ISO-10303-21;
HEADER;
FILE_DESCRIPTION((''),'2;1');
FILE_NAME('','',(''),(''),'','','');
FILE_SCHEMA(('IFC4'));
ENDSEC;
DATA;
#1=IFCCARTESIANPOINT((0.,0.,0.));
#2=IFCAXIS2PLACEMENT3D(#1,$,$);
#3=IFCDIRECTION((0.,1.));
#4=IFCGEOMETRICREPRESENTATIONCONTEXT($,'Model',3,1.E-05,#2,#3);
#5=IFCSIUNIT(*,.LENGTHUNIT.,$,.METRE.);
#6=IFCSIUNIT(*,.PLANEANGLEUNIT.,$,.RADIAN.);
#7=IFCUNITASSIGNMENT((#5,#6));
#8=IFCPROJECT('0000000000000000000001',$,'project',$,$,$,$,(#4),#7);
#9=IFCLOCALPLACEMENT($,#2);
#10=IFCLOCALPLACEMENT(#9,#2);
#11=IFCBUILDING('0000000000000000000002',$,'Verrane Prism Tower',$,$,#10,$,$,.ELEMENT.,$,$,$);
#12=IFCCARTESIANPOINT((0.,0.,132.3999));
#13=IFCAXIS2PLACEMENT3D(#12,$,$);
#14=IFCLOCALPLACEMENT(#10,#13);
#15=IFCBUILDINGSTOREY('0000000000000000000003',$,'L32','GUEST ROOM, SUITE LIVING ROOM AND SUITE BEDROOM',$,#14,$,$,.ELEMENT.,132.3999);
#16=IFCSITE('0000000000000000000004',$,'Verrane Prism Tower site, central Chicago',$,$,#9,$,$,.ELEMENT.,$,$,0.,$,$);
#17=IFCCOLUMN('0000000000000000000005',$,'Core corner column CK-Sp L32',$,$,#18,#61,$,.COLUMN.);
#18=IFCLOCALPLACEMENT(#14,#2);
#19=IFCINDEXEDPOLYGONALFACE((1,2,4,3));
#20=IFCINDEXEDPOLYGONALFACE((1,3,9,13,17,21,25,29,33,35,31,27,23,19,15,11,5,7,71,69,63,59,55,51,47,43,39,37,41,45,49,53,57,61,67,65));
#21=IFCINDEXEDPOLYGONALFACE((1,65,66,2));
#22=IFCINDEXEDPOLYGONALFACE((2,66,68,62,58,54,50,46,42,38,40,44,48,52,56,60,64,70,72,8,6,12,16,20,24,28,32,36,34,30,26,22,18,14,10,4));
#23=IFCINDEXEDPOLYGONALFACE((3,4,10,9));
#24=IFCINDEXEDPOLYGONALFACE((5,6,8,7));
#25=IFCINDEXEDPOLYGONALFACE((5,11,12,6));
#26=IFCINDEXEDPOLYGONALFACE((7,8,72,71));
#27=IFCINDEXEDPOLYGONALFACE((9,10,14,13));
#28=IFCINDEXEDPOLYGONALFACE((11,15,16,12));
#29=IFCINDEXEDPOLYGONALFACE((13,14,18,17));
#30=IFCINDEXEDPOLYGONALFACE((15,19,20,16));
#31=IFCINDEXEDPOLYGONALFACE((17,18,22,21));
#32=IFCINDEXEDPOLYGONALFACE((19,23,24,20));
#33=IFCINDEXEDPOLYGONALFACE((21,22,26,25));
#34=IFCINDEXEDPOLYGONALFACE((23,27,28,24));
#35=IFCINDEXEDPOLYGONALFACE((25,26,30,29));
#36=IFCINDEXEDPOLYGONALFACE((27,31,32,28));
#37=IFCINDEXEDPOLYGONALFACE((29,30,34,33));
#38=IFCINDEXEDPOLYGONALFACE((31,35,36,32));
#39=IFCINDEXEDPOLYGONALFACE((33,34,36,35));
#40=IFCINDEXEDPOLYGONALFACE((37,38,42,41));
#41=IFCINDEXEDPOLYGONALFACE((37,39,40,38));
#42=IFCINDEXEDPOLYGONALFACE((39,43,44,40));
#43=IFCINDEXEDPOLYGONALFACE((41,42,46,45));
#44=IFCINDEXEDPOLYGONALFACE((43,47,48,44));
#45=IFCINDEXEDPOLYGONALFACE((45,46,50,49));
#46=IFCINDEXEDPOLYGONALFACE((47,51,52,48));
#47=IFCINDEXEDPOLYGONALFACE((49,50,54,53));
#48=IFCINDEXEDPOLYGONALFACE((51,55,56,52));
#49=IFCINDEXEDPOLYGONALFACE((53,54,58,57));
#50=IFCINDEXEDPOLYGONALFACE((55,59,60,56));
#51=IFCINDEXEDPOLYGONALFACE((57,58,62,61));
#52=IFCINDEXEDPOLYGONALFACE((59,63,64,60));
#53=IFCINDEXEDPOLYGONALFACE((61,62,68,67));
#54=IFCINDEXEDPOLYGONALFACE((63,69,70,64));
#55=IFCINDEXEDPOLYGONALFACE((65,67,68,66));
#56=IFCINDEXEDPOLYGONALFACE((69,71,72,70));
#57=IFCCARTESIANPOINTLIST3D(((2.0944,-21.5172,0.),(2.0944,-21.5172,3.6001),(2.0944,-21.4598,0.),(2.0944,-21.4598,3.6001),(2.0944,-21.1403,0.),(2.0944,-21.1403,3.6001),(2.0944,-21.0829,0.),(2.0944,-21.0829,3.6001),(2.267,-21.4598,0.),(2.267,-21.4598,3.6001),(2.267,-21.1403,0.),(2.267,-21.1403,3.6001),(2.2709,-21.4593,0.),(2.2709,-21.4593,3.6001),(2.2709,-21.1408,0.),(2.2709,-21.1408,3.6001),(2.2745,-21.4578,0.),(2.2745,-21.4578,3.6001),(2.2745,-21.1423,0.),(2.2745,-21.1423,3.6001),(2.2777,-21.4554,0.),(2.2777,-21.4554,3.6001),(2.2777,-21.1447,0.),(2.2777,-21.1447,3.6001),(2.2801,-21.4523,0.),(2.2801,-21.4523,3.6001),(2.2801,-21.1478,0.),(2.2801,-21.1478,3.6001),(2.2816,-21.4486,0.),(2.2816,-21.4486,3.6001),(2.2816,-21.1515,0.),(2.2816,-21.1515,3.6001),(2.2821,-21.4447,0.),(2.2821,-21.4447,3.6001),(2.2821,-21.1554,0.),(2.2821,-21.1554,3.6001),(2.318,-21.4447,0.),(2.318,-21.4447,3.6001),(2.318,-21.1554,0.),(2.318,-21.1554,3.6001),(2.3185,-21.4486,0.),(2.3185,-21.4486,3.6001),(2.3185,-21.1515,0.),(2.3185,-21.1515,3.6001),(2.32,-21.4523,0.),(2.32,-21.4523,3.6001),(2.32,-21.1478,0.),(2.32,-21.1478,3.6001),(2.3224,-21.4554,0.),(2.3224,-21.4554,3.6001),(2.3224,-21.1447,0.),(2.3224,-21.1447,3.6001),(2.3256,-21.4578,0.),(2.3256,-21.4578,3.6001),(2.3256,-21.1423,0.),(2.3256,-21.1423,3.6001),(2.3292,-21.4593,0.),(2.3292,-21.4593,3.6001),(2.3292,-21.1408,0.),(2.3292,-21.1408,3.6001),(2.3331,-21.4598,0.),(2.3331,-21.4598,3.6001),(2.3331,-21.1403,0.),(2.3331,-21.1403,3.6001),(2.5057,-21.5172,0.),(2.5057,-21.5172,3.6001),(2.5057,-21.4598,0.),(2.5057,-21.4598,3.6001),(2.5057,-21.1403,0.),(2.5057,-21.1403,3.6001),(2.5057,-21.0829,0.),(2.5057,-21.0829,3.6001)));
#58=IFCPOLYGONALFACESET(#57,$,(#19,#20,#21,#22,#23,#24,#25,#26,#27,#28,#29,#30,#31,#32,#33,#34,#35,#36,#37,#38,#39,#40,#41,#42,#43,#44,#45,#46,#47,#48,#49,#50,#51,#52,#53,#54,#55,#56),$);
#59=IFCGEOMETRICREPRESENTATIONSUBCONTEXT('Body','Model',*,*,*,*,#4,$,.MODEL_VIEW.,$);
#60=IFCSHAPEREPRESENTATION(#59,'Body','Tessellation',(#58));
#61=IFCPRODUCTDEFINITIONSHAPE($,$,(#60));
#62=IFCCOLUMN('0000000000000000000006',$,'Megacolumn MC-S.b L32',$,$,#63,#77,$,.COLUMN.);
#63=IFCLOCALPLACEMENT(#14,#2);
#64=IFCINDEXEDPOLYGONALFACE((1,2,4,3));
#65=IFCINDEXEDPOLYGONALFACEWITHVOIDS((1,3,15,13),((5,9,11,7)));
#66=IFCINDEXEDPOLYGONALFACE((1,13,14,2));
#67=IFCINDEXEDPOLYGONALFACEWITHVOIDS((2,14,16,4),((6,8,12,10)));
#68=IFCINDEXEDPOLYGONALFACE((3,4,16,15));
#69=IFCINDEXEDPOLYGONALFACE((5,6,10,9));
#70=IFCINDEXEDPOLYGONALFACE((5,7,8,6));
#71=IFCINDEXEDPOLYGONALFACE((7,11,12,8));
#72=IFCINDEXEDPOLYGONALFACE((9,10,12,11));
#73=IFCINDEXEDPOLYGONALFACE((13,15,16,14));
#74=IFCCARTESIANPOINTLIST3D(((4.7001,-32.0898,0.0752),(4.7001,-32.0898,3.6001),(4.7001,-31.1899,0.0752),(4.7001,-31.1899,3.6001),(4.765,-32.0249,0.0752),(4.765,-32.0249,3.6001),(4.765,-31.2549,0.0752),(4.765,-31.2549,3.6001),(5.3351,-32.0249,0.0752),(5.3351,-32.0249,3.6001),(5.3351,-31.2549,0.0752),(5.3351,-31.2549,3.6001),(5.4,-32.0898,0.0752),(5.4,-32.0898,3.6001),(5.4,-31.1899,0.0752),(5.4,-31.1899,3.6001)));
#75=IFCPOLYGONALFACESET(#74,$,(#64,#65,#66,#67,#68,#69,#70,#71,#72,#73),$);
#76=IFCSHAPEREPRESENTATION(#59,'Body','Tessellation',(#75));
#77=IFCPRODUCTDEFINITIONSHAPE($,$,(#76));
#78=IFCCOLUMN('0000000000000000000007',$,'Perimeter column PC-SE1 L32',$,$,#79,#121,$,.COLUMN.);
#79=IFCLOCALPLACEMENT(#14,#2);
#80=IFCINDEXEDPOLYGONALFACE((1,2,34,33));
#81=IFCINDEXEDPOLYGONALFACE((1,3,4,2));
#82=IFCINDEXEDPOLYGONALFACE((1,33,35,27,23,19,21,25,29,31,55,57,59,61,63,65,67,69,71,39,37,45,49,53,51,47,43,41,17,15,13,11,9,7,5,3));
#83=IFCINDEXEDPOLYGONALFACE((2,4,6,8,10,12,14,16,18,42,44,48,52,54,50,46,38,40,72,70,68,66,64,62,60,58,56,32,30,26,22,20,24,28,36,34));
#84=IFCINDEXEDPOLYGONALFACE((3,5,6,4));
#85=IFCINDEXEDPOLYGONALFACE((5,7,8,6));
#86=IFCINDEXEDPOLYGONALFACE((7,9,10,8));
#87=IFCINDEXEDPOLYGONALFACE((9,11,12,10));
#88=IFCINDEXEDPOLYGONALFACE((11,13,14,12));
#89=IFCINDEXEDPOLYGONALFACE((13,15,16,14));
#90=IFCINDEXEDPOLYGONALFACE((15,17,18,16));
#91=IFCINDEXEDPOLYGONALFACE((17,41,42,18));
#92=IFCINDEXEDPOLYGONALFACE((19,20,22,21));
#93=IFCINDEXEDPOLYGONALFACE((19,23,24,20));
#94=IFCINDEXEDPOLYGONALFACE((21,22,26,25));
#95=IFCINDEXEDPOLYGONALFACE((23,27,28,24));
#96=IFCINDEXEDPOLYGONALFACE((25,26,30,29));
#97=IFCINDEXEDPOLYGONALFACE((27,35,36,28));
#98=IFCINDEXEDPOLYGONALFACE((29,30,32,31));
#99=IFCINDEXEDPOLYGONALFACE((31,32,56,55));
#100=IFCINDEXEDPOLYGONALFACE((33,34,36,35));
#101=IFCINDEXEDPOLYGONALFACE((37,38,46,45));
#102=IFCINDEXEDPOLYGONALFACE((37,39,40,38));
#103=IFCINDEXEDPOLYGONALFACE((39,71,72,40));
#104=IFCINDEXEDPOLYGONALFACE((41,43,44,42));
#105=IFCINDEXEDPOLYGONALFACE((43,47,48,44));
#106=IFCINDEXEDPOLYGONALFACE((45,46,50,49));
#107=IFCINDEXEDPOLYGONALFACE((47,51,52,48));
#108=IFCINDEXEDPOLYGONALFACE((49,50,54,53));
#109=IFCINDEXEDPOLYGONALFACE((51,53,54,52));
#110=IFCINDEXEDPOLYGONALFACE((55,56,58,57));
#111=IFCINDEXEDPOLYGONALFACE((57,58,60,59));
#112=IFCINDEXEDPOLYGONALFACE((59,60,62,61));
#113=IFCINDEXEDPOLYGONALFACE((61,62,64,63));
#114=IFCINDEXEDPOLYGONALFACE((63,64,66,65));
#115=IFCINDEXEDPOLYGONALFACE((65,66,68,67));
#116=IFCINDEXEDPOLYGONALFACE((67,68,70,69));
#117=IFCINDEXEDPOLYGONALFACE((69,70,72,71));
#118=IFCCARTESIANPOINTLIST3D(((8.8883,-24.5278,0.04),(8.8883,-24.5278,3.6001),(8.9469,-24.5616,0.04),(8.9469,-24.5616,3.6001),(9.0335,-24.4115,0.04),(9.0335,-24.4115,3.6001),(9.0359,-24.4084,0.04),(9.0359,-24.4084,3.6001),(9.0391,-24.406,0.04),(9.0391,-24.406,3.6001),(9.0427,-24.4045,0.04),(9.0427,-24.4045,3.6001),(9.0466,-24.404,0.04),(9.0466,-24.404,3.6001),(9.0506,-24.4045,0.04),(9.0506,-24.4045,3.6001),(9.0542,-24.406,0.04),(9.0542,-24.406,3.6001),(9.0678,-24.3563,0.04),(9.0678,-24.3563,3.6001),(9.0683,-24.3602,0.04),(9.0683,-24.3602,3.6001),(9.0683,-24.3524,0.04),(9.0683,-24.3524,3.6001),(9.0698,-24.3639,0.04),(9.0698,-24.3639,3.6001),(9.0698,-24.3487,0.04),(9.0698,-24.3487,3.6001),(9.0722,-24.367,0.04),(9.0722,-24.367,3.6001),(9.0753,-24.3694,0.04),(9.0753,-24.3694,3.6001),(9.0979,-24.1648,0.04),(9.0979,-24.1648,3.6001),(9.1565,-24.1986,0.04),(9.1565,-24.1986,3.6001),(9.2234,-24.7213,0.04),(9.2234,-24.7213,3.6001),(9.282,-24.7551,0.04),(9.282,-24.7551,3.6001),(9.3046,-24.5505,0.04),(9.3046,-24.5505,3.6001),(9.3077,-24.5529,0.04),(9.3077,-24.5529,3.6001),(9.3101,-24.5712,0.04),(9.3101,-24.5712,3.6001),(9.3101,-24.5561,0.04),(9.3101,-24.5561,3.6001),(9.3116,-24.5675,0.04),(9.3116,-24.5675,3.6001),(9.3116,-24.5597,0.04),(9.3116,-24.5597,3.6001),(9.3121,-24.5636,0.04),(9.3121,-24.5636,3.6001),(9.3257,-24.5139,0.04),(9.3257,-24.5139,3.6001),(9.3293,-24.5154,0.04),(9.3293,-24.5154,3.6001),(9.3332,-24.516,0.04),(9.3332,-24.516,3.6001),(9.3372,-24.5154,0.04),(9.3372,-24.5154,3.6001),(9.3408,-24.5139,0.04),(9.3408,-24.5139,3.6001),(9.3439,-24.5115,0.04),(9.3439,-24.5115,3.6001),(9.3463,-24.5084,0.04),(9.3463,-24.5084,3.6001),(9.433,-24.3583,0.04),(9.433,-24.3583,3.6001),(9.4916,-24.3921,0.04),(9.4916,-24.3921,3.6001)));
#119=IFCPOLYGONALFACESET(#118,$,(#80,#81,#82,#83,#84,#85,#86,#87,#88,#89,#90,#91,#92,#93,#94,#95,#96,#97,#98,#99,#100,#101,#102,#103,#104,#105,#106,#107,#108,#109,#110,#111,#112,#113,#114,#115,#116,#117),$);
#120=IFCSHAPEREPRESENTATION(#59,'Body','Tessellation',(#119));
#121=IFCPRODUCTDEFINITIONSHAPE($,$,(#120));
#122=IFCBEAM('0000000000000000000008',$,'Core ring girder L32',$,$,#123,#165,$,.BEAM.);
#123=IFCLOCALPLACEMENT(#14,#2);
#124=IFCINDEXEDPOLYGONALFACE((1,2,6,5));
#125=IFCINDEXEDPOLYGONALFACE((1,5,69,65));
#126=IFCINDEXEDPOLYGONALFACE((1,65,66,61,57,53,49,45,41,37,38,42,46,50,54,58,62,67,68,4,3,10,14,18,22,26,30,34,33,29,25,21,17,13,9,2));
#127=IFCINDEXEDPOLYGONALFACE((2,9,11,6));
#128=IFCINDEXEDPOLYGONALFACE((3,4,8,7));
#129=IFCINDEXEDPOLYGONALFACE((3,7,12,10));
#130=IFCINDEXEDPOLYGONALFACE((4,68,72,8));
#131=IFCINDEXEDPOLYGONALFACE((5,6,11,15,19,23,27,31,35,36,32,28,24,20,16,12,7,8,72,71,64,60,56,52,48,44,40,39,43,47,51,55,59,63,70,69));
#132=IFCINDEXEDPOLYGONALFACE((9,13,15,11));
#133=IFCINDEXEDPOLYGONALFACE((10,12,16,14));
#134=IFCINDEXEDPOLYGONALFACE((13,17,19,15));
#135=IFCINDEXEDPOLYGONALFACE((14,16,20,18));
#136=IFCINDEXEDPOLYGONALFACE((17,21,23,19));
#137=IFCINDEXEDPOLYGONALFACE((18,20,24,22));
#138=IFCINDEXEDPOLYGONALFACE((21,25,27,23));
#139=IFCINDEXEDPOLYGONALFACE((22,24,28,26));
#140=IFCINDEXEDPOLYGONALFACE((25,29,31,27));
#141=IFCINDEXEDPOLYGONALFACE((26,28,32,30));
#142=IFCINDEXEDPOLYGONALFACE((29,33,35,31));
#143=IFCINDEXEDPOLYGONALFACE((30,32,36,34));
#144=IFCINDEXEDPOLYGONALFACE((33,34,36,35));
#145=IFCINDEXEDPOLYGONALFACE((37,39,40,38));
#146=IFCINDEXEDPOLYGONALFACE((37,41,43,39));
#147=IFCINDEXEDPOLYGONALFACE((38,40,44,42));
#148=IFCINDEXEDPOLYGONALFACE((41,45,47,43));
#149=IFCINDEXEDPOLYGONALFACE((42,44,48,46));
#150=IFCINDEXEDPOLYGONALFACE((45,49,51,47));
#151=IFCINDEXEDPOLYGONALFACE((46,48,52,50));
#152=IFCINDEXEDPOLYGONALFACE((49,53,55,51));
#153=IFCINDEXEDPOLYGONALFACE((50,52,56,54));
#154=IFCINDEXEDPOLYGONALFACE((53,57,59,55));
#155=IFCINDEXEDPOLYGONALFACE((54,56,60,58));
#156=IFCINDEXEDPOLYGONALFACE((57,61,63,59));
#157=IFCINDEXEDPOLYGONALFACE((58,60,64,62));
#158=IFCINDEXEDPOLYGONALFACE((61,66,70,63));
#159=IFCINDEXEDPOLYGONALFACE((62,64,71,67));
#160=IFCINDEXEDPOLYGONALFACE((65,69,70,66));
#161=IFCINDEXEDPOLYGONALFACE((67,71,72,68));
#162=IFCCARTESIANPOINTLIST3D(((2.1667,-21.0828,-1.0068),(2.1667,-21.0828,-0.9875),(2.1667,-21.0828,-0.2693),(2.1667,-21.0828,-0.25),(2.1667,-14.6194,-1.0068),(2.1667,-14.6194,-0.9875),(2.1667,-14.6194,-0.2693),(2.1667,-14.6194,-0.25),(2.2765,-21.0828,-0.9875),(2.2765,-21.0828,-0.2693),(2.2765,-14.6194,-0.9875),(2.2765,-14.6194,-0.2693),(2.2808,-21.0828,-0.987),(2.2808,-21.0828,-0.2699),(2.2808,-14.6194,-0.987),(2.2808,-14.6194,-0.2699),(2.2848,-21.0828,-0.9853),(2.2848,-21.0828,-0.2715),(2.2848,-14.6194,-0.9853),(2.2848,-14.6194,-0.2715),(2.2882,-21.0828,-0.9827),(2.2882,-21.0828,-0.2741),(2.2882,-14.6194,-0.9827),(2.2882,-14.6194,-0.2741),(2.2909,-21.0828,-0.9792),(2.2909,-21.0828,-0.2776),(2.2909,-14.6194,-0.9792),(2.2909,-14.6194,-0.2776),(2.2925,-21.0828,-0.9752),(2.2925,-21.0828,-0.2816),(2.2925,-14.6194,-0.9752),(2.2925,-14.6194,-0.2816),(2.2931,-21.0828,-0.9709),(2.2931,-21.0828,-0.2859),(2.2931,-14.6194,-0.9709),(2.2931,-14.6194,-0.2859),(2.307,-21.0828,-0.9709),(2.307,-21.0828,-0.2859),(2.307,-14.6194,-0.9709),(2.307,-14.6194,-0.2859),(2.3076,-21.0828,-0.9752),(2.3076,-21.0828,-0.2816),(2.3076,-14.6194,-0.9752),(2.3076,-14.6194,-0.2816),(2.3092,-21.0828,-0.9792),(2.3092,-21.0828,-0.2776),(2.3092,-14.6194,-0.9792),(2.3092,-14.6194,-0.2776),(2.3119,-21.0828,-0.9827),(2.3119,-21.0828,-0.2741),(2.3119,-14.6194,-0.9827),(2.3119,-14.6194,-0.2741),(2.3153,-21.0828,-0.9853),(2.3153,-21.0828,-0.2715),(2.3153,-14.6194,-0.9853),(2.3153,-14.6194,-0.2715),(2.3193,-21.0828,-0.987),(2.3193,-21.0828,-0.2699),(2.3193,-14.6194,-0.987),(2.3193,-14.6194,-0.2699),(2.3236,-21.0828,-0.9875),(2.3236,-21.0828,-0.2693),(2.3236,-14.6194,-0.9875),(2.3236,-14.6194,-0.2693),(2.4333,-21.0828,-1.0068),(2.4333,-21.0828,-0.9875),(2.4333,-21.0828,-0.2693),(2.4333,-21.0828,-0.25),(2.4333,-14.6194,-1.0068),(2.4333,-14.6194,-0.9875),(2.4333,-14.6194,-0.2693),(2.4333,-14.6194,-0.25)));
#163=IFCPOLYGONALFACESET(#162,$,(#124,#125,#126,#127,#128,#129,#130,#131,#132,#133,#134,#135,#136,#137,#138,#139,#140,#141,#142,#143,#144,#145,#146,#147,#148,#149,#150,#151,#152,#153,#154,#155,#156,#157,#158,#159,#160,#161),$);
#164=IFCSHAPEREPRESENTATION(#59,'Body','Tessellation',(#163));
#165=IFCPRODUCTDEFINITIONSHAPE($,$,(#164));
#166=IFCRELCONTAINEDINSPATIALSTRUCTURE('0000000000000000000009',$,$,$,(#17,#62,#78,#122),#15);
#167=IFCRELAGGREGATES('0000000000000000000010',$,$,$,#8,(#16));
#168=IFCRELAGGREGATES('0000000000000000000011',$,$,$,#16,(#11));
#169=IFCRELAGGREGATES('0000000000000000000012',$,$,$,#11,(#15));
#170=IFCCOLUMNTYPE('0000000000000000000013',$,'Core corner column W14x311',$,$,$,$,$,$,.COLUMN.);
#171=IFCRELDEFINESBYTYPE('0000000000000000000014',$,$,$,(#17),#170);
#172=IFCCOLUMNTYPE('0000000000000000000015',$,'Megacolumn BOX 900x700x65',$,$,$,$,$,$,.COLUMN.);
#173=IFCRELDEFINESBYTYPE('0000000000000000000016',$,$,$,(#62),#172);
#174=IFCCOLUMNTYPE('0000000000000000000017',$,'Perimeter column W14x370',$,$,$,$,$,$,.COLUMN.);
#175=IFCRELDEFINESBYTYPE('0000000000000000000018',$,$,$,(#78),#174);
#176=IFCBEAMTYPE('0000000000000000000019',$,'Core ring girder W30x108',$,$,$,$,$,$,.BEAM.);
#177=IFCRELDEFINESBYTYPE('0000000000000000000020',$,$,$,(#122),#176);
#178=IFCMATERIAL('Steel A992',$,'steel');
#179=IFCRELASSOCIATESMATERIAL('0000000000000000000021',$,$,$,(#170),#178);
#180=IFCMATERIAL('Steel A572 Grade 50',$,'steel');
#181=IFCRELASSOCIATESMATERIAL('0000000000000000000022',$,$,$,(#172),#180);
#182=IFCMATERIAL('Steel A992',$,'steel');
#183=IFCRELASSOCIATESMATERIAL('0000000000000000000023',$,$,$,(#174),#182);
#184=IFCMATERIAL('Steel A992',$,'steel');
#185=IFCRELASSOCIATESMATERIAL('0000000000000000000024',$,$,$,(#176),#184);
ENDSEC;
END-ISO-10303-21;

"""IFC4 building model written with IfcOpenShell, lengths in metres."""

from ifc_helpers import new_model, si_unit, direction, frame, origin, origin_2d, place, context, subcontext, project, spatial, hollow_rectangle, i_section, extrude, material, material_profile, profile_set, type_object, element, save


model = new_model("IFC4")

# Units and contexts
model_context = context("Model", 3, precision=1e-05, world=origin(), true_north=direction((0.0, 1.0)))
body_context = subcontext(model_context, "Body", "Model", "MODEL_VIEW")
ifc_project = project(units=[si_unit("LENGTHUNIT", "METRE"), si_unit("PLANEANGLEUNIT", "RADIAN")], contexts=[model_context])

# Site, building, storey
site_placement = place(None, origin())
site = spatial("IfcSite", under=ifc_project, at=site_placement, Name="Verrane Prism Tower site, central Chicago", CompositionType="ELEMENT", RefElevation=0.0)
building_placement = place(site_placement, origin())
building = spatial("IfcBuilding", under=site, at=building_placement, Name="Verrane Prism Tower", CompositionType="ELEMENT")
storey_placement = place(building_placement, frame((0.0, 0.0, 132.3999)))
storey = spatial("IfcBuildingStorey", under=building, at=storey_placement, Name="L32", Description="GUEST ROOM, SUITE LIVING ROOM AND SUITE BEDROOM", CompositionType="ELEMENT", Elevation=132.3999)

# Columns
ifc_material_1 = material(Name="Steel A992", Category="steel")
ifc_material_profile_1 = material_profile(ifc_material_1, i_section(OverallWidth=0.4114, OverallDepth=0.4343, WebThickness=0.0359, FlangeThickness=0.0574, FilletRadius=0.0151, at=origin_2d()), Name="W14x311")
ifc_profile_set_1 = profile_set([ifc_material_profile_1], Name="Steel A992")
column_type_1 = type_object("IfcColumnType", Name="Core corner column W14x311", PredefinedType="COLUMN", material=ifc_profile_set_1)
column_1_placement = place(storey_placement, frame((2.3, -21.3, 0.0), z_axis=(0.0, 0.0, 1.0), x_axis=(-1.0, 0.0, 0.0)))
element("IfcColumn", 1, at=column_1_placement, inside=storey, type_object=column_type_1, Name="Core corner column CK-Sp L32", PredefinedType="COLUMN", context=body_context, shape_type="SweptSolid", body=[
    extrude(i_section(OverallWidth=0.4114, OverallDepth=0.4343, WebThickness=0.0359, FlangeThickness=0.0574, FilletRadius=0.0151, at=origin_2d()), origin(), (0.0, 0.0, 1.0), 3.6001),
])
ifc_material_2 = material(Name="Steel A572 Grade 50", Category="steel")
ifc_material_profile_2 = material_profile(ifc_material_2, hollow_rectangle(XDim=0.7, YDim=0.8999, WallThickness=0.0649, at=origin_2d()), Name="BOX 900x700x65")
ifc_profile_set_2 = profile_set([ifc_material_profile_2], Name="Steel A572 Grade 50")
column_type_2 = type_object("IfcColumnType", Name="Megacolumn BOX 900x700x65", PredefinedType="COLUMN", material=ifc_profile_set_2)
column_2_placement = place(storey_placement, frame((5.05, -31.6399, 0.0752), z_axis=(0.0, 0.0, 1.0), x_axis=(-1.0, 0.0, 0.0)))
element("IfcColumn", 2, at=column_2_placement, inside=storey, type_object=column_type_2, Name="Megacolumn MC-S.b L32", PredefinedType="COLUMN", context=body_context, shape_type="SweptSolid", body=[
    extrude(hollow_rectangle(XDim=0.7, YDim=0.8999, WallThickness=0.0649, at=origin_2d()), origin(), (0.0, 0.0, 1.0), 3.5249),
])
ifc_material_3 = material(Name="Steel A992", Category="steel")
ifc_material_profile_3 = material_profile(ifc_material_3, i_section(OverallWidth=0.4192, OverallDepth=0.4546, WebThickness=0.0422, FlangeThickness=0.0676, FilletRadius=0.0151, at=origin_2d()), Name="W14x370")
ifc_profile_set_3 = profile_set([ifc_material_profile_3], Name="Steel A992")
column_type_3 = type_object("IfcColumnType", Name="Perimeter column W14x370", PredefinedType="COLUMN", material=ifc_profile_set_3)
column_3_placement = place(storey_placement, frame((9.1899, -24.46, 0.04), z_axis=(0.0, 0.0, 1.0), x_axis=(-0.5, -0.866025, 0.0)))
element("IfcColumn", 3, at=column_3_placement, inside=storey, type_object=column_type_3, Name="Perimeter column PC-SE1 L32", PredefinedType="COLUMN", context=body_context, shape_type="SweptSolid", body=[
    extrude(i_section(OverallWidth=0.4192, OverallDepth=0.4546, WebThickness=0.0422, FlangeThickness=0.0676, FilletRadius=0.0151, at=origin_2d()), origin(), (0.0, 0.0, 1.0), 3.5601),
])

# Beam
ifc_material_4 = material(Name="Steel A992", Category="steel")
ifc_material_profile_4 = material_profile(ifc_material_4, i_section(OverallWidth=0.2666, OverallDepth=0.7568, WebThickness=0.0139, FlangeThickness=0.0193, FilletRadius=0.0166, at=origin_2d()), Name="W30x108")
ifc_profile_set_4 = profile_set([ifc_material_profile_4], Name="Steel A992")
beam_type_1 = type_object("IfcBeamType", Name="Core ring girder W30x108", PredefinedType="BEAM", material=ifc_profile_set_4)
beam_1_placement = place(storey_placement, frame((2.3, -21.0828, -0.6284), z_axis=(0.0, 1.0, 0.0), x_axis=(-1.0, 0.0, 0.0)))
element("IfcBeam", 4, at=beam_1_placement, inside=storey, type_object=beam_type_1, Name="Core ring girder L32", PredefinedType="BEAM", context=body_context, shape_type="SweptSolid", body=[
    extrude(i_section(OverallWidth=0.2666, OverallDepth=0.7568, WebThickness=0.0139, FlangeThickness=0.0193, FilletRadius=0.0166, at=origin_2d()), origin(), (0.0, 0.0, 1.0), 6.4634),
])

save(model, "model.ifc")
